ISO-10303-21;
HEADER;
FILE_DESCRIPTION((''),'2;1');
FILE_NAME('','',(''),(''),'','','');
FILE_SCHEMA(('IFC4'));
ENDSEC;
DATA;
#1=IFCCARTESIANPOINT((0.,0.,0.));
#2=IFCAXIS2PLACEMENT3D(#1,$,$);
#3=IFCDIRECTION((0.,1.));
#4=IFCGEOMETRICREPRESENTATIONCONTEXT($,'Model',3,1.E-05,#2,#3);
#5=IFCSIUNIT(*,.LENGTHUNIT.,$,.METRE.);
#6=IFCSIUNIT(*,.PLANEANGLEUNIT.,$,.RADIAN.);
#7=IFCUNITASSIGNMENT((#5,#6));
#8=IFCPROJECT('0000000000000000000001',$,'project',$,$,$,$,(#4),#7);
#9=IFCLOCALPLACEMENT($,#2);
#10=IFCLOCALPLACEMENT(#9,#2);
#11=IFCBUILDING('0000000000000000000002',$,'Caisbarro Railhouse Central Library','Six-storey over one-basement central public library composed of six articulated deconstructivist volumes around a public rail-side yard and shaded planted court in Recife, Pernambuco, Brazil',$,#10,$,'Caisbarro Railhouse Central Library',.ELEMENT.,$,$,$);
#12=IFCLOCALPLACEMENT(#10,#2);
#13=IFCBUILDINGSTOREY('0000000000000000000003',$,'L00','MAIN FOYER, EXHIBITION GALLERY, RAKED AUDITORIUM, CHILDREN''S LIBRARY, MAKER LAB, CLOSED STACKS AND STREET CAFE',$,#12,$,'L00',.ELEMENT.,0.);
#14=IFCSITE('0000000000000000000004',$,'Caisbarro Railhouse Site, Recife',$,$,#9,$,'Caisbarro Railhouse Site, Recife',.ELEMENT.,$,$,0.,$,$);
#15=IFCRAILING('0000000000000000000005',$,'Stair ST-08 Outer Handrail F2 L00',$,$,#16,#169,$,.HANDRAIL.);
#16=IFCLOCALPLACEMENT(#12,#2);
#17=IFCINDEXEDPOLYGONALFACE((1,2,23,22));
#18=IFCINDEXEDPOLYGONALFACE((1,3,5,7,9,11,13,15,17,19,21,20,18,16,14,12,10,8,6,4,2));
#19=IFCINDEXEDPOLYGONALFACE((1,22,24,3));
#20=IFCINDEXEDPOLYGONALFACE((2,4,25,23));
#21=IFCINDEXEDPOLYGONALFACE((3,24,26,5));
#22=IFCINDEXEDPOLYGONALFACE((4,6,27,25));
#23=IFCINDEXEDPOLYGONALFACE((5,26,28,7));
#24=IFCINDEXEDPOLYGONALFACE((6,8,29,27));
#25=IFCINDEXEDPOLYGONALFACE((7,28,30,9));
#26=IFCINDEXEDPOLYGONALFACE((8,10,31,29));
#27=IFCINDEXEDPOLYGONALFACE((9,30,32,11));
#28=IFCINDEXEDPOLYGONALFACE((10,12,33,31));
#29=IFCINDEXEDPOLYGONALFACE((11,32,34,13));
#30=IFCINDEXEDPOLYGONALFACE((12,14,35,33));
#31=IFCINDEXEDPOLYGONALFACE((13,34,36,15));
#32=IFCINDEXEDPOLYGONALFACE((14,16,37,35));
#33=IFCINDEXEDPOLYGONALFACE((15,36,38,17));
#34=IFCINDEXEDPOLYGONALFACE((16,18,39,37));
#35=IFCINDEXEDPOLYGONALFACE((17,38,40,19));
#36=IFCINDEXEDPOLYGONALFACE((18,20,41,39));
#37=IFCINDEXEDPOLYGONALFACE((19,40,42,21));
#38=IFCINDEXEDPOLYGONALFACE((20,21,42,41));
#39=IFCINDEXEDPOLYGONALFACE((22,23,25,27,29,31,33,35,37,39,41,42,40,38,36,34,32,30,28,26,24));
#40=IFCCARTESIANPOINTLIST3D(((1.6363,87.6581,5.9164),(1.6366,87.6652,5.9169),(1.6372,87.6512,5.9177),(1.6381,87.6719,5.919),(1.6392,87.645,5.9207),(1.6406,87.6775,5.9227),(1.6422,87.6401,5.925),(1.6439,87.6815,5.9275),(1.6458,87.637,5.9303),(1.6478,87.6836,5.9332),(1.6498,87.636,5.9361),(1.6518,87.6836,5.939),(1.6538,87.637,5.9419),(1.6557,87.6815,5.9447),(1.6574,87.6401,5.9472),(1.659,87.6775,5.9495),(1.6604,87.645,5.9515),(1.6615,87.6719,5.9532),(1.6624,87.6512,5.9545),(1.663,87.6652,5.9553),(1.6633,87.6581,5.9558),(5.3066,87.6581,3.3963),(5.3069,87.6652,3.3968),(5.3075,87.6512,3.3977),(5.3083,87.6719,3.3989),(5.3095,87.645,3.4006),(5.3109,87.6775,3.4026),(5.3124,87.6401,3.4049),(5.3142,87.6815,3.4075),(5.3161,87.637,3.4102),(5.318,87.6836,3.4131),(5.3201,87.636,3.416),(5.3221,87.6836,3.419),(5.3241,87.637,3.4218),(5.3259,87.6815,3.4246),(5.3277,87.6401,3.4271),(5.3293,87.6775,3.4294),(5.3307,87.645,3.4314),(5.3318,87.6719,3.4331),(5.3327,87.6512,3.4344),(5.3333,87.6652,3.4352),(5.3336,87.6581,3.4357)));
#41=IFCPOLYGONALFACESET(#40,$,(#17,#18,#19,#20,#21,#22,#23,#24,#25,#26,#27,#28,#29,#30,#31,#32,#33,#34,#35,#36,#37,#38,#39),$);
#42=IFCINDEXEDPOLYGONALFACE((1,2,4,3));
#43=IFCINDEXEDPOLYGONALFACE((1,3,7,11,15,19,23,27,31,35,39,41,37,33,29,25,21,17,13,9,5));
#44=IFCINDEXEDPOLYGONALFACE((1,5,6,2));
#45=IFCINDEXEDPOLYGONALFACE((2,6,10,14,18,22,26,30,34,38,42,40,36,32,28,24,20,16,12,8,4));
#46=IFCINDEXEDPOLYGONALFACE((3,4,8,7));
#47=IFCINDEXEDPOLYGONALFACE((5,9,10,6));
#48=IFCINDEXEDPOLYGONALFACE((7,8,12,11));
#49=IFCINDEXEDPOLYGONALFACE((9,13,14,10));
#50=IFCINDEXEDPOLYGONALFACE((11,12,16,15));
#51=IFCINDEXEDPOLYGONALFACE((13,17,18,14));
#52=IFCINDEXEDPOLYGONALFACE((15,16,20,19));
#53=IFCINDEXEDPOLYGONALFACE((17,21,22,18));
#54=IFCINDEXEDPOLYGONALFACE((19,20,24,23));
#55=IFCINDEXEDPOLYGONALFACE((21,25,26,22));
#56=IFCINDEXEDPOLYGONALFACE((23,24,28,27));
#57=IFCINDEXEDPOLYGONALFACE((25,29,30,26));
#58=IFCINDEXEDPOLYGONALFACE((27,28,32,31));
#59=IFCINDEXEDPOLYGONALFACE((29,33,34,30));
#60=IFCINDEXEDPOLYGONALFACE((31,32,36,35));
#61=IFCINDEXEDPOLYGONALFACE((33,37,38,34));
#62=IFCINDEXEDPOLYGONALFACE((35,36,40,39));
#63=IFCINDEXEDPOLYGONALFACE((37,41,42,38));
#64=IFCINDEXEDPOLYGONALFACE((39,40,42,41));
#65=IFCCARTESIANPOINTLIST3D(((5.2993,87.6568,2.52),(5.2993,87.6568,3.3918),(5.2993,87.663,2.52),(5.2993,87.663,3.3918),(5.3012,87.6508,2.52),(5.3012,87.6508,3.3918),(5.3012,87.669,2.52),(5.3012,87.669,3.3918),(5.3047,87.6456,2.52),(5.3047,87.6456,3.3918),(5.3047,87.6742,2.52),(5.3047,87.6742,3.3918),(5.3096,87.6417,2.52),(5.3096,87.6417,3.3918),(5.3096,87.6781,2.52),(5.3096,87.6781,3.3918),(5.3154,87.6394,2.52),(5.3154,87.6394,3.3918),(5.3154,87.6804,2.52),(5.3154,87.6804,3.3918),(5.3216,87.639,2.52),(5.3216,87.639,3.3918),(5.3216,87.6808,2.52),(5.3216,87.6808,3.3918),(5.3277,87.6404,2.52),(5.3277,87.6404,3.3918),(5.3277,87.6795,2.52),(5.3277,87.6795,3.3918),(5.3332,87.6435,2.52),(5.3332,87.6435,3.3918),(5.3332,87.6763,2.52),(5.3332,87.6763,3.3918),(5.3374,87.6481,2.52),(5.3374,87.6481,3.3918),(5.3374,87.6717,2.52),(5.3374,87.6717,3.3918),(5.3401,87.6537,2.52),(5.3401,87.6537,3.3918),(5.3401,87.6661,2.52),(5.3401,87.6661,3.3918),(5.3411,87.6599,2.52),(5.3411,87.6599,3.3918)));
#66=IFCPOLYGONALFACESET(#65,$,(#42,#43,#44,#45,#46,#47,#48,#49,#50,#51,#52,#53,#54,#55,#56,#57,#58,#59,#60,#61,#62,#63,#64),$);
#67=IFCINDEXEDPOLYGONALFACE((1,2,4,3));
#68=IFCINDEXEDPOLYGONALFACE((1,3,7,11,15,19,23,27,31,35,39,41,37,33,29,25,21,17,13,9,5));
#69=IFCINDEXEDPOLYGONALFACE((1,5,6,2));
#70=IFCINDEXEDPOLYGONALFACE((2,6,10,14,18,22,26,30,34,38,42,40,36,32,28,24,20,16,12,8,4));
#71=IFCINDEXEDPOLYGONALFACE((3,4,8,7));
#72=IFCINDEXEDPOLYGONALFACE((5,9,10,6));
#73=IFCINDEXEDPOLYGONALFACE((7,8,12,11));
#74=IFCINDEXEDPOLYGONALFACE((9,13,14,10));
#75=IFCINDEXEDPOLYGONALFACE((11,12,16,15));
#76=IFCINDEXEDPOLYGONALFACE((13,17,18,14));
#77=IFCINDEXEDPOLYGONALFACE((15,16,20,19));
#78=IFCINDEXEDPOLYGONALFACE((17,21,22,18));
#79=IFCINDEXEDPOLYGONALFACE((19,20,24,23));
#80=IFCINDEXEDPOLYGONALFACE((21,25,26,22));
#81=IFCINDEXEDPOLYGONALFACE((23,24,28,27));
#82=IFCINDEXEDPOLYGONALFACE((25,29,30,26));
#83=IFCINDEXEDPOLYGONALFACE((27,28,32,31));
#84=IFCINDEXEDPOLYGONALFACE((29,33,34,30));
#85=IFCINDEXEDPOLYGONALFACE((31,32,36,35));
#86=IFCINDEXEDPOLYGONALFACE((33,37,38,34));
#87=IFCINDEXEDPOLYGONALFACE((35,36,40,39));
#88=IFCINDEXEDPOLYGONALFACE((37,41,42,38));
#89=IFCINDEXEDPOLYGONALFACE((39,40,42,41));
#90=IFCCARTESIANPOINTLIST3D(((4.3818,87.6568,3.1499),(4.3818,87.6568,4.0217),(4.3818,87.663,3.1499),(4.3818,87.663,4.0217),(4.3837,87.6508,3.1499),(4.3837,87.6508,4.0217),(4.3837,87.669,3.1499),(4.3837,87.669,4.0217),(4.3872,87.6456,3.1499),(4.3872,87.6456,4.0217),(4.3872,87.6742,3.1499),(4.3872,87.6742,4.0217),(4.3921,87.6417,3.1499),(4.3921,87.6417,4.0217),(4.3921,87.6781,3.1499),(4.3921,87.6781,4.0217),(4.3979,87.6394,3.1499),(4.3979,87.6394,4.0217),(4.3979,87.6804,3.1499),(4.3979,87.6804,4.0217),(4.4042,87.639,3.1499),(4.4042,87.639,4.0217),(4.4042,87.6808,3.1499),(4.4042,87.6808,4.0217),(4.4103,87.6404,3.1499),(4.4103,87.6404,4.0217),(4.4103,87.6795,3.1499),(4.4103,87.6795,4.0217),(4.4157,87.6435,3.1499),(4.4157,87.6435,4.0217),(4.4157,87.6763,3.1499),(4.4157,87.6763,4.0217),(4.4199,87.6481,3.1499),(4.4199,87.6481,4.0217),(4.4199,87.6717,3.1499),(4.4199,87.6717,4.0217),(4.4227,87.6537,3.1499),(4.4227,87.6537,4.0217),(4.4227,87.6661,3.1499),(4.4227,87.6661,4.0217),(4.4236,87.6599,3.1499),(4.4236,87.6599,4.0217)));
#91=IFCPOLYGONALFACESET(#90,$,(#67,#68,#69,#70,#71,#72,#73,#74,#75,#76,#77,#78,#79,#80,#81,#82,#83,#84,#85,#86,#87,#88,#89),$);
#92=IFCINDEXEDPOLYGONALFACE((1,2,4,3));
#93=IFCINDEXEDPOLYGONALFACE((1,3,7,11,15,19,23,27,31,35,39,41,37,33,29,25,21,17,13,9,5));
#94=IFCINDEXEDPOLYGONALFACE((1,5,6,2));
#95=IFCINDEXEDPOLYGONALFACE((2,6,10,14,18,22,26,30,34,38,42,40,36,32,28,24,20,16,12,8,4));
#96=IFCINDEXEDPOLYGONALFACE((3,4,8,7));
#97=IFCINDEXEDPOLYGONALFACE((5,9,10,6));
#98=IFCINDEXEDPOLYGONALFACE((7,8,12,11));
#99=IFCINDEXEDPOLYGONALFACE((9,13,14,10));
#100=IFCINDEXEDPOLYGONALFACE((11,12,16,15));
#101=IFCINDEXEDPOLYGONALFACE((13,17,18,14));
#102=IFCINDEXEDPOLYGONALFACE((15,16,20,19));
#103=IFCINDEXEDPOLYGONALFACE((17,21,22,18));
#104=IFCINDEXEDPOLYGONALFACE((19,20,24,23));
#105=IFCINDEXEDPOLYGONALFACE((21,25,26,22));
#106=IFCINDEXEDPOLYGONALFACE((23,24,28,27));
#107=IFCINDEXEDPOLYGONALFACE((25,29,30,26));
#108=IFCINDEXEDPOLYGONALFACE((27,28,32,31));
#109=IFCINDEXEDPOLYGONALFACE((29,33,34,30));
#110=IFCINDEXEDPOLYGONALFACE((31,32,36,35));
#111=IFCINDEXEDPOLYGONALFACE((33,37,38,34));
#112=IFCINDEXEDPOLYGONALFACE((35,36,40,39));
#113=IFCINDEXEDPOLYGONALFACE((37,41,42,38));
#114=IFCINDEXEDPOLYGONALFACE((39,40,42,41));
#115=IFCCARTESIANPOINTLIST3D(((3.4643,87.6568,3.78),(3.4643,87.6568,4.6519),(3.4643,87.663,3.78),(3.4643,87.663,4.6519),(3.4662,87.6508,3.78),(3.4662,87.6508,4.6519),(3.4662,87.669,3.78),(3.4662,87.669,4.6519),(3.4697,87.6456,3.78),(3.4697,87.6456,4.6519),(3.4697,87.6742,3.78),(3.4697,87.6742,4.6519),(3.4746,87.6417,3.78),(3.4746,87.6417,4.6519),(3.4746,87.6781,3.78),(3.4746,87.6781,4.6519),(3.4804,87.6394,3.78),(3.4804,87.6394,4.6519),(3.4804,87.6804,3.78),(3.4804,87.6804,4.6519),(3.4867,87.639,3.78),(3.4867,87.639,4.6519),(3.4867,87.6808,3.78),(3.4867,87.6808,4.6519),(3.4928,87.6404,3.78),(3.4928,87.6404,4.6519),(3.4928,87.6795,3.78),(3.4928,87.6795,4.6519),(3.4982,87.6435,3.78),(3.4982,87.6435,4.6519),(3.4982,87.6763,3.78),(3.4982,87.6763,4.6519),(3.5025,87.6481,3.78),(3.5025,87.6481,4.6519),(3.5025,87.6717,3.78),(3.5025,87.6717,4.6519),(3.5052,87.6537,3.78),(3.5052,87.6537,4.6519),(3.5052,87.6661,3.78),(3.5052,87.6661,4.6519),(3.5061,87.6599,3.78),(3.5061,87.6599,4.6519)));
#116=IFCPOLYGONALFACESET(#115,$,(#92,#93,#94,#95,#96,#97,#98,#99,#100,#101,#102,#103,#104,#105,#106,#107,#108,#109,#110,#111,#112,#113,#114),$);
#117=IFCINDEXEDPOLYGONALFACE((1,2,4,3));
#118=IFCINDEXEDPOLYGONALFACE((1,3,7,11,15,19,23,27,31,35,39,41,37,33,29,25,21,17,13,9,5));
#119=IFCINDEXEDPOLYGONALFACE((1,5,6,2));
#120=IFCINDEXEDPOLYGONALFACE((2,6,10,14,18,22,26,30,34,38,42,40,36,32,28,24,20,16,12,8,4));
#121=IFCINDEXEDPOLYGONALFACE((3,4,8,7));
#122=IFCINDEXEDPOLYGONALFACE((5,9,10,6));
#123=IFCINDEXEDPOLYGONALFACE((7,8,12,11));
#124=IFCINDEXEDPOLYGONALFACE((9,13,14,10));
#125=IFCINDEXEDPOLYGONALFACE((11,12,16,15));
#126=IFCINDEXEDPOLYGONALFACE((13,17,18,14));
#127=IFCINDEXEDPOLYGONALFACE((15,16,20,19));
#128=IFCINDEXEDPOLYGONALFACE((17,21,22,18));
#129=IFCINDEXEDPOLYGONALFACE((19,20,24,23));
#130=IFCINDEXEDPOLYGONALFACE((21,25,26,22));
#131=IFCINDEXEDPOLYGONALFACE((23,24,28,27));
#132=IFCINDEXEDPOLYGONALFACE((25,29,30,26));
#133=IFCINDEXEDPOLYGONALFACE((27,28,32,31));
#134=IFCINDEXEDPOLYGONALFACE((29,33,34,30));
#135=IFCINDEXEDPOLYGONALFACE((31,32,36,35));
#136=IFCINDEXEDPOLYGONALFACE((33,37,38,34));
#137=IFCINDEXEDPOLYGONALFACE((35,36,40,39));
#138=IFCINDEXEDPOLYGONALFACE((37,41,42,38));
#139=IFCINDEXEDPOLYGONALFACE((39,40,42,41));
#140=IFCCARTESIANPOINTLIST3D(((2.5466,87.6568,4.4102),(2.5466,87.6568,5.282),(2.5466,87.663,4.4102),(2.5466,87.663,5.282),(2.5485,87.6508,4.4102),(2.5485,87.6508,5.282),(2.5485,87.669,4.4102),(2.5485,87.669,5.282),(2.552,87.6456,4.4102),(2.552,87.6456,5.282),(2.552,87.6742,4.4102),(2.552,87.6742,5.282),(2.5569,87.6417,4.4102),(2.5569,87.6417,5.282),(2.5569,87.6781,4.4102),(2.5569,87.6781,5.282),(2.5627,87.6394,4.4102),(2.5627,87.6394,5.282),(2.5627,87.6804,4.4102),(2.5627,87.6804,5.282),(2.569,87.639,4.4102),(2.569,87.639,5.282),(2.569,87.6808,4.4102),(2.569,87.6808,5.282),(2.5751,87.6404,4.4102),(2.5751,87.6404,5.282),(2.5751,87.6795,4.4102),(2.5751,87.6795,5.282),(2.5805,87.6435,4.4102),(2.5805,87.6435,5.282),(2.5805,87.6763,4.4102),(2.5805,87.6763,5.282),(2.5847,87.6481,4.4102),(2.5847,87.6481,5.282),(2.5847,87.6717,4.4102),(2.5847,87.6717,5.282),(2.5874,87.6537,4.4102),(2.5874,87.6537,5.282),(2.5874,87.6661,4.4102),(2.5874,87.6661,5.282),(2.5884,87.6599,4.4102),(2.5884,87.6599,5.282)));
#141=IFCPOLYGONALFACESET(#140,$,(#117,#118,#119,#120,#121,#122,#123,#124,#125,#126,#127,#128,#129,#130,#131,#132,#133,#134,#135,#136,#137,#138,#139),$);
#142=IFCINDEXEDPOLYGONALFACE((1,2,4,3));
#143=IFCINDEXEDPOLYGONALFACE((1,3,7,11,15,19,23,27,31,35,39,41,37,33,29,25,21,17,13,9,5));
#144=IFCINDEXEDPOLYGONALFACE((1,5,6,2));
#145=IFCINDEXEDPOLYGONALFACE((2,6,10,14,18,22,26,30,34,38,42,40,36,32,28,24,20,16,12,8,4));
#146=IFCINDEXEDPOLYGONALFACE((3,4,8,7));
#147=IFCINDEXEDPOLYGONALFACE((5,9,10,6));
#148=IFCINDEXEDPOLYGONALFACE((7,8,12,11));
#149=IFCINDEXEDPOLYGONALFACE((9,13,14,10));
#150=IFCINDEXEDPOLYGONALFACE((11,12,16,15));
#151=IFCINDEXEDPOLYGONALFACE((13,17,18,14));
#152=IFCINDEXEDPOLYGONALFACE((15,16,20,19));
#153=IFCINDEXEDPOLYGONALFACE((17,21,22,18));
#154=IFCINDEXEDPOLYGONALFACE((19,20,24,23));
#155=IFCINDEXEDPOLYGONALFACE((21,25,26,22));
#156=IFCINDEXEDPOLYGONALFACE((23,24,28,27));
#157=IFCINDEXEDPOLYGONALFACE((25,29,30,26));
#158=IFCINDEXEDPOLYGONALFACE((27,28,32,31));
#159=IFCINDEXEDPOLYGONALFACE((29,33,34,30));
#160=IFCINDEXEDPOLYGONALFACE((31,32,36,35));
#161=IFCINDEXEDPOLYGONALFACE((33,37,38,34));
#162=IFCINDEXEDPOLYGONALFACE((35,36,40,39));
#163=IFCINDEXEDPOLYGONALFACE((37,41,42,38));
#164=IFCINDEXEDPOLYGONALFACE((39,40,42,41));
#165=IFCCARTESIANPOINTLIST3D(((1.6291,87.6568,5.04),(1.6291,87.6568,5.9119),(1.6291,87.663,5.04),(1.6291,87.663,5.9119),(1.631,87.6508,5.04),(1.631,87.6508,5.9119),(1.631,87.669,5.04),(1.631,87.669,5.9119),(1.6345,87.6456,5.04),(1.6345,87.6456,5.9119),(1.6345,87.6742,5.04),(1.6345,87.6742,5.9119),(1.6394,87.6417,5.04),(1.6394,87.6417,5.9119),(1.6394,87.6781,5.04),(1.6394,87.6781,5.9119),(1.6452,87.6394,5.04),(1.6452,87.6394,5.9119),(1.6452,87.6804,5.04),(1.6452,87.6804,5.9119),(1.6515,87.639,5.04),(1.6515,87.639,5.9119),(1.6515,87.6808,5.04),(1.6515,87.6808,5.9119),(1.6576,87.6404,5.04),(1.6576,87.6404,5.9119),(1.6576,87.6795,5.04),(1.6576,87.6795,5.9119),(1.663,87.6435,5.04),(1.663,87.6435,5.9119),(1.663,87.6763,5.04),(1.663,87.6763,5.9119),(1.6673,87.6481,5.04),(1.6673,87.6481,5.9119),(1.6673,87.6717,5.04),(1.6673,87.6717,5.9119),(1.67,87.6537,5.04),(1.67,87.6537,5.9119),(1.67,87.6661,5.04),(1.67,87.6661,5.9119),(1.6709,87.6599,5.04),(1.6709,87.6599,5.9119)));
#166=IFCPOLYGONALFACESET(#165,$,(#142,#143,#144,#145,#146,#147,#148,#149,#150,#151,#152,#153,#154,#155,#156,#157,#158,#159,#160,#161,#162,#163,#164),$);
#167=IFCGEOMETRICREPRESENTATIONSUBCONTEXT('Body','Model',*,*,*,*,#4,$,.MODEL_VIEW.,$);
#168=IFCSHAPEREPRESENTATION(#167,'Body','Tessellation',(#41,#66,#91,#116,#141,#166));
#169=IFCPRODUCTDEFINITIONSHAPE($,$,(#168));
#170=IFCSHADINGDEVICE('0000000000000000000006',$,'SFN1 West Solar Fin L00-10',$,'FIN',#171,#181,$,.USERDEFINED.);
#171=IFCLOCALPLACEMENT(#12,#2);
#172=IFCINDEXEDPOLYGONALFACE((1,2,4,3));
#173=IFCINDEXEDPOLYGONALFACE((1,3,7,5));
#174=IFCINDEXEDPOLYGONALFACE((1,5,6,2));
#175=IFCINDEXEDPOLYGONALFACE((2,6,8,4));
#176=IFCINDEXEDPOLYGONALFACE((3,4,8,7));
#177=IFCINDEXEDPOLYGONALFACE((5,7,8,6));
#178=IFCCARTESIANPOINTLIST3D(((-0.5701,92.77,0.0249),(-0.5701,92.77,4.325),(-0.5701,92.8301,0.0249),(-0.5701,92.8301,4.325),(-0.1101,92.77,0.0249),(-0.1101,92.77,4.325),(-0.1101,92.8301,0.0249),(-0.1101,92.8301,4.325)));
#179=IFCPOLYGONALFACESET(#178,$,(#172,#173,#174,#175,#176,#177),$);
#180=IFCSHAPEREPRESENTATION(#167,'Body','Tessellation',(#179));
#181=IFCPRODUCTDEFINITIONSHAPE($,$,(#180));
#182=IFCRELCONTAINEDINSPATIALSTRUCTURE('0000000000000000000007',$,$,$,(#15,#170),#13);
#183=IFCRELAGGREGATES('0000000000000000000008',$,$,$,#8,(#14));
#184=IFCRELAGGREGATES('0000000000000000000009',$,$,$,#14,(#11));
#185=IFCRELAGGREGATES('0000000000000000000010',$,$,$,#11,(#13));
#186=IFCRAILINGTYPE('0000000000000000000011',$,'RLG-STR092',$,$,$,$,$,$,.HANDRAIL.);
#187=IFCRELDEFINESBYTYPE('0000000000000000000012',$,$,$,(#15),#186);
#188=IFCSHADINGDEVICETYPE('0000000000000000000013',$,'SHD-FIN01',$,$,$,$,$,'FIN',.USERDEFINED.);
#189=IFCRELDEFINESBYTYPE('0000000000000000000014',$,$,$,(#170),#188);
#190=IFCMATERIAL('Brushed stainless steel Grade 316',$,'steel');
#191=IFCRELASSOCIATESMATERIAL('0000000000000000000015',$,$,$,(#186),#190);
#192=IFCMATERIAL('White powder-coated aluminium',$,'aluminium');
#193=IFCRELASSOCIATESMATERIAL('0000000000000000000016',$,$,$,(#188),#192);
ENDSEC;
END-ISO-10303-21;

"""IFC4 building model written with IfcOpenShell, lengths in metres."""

from ifc_helpers import new_model, si_unit, direction, frame, origin, origin_2d, place, context, subcontext, project, spatial, rectangle, circle, extrude, material, type_object, element, save


model = new_model("IFC4")

# Units and contexts
model_context = context("Model", 3, precision=1e-05, world=origin(), true_north=direction((0.0, 1.0)))
body_context = subcontext(model_context, "Body", "Model", "MODEL_VIEW")
ifc_project = project(units=[si_unit("LENGTHUNIT", "METRE"), si_unit("PLANEANGLEUNIT", "RADIAN")], contexts=[model_context])

# Site, building, storey
site_placement = place(None, origin())
site = spatial("IfcSite", under=ifc_project, at=site_placement, Name="Caisbarro Railhouse Site, Recife", LongName="Caisbarro Railhouse Site, Recife", CompositionType="ELEMENT", RefElevation=0.0)
building_placement = place(site_placement, origin())
building = spatial("IfcBuilding", under=site, at=building_placement, Name="Caisbarro Railhouse Central Library", Description="Six-storey over one-basement central public library composed of six articulated deconstructivist volumes around a public rail-side yard and shaded planted court in Recife, Pernambuco, Brazil", LongName="Caisbarro Railhouse Central Library", CompositionType="ELEMENT")
storey_placement = place(building_placement, origin())
storey = spatial("IfcBuildingStorey", under=building, at=storey_placement, Name="L00", Description="MAIN FOYER, EXHIBITION GALLERY, RAKED AUDITORIUM, CHILDREN'S LIBRARY, MAKER LAB, CLOSED STACKS AND STREET CAFE", LongName="L00", CompositionType="ELEMENT", Elevation=0.0)

# Railing
ifc_material_1 = material(Name="Brushed stainless steel Grade 316", Category="steel")
railing_type_1 = type_object("IfcRailingType", Name="RLG-STR092", PredefinedType="HANDRAIL", material=ifc_material_1)
railing_1_placement = place(storey_placement, frame((5.3201, 87.6599, 2.52)))
element("IfcRailing", 1, at=railing_1_placement, inside=storey, type_object=railing_type_1, Name="Stair ST-08 Outer Handrail F2 L00", PredefinedType="HANDRAIL", context=body_context, shape_type="SweptSolid", body=[
    extrude(circle(Radius=0.0239, at=origin_2d()), frame((0.0, 0.0, 0.896), z_axis=(-0.824379, 0.0, 0.566038), x_axis=(0.0, -1.0, 0.0)), (0.0, 0.0, 1.0), 4.4521),
    extrude(circle(Radius=0.021, at=origin_2d()), origin(), (0.0, 0.0, 1.0), 0.8718),
    extrude(circle(Radius=0.021, at=origin_2d()), frame((-0.9175, 0.0, 0.6299)), (0.0, 0.0, 1.0), 0.8718),
    extrude(circle(Radius=0.021, at=origin_2d()), frame((-1.835, 0.0, 1.26)), (0.0, 0.0, 1.0), 0.8718),
    extrude(circle(Radius=0.021, at=origin_2d()), frame((-2.7527, 0.0, 1.8901)), (0.0, 0.0, 1.0), 0.8718),
    extrude(circle(Radius=0.021, at=origin_2d()), frame((-3.6702, 0.0, 2.52)), (0.0, 0.0, 1.0), 0.8718),
])

# Shading device
ifc_material_2 = material(Name="White powder-coated aluminium", Category="aluminium")
shading_device_type = type_object("IfcShadingDeviceType", Name="SHD-FIN01", ElementType="FIN", PredefinedType="USERDEFINED", material=ifc_material_2)
shading_device_placement = place(storey_placement, frame((-0.3401, 92.8, 0.0249), z_axis=(0.0, 0.0, 1.0), x_axis=(1.0, 0.0, 0.0)))
element("IfcShadingDevice", 2, at=shading_device_placement, inside=storey, type_object=shading_device_type, Name="SFN1 West Solar Fin L00-10", ObjectType="FIN", PredefinedType="USERDEFINED", context=body_context, shape_type="SweptSolid", body=[
    extrude(rectangle(XDim=0.46, YDim=0.0601, at=origin_2d()), origin(), (0.0, 0.0, 1.0), 4.3),
])

save(model, "model.ifc")
